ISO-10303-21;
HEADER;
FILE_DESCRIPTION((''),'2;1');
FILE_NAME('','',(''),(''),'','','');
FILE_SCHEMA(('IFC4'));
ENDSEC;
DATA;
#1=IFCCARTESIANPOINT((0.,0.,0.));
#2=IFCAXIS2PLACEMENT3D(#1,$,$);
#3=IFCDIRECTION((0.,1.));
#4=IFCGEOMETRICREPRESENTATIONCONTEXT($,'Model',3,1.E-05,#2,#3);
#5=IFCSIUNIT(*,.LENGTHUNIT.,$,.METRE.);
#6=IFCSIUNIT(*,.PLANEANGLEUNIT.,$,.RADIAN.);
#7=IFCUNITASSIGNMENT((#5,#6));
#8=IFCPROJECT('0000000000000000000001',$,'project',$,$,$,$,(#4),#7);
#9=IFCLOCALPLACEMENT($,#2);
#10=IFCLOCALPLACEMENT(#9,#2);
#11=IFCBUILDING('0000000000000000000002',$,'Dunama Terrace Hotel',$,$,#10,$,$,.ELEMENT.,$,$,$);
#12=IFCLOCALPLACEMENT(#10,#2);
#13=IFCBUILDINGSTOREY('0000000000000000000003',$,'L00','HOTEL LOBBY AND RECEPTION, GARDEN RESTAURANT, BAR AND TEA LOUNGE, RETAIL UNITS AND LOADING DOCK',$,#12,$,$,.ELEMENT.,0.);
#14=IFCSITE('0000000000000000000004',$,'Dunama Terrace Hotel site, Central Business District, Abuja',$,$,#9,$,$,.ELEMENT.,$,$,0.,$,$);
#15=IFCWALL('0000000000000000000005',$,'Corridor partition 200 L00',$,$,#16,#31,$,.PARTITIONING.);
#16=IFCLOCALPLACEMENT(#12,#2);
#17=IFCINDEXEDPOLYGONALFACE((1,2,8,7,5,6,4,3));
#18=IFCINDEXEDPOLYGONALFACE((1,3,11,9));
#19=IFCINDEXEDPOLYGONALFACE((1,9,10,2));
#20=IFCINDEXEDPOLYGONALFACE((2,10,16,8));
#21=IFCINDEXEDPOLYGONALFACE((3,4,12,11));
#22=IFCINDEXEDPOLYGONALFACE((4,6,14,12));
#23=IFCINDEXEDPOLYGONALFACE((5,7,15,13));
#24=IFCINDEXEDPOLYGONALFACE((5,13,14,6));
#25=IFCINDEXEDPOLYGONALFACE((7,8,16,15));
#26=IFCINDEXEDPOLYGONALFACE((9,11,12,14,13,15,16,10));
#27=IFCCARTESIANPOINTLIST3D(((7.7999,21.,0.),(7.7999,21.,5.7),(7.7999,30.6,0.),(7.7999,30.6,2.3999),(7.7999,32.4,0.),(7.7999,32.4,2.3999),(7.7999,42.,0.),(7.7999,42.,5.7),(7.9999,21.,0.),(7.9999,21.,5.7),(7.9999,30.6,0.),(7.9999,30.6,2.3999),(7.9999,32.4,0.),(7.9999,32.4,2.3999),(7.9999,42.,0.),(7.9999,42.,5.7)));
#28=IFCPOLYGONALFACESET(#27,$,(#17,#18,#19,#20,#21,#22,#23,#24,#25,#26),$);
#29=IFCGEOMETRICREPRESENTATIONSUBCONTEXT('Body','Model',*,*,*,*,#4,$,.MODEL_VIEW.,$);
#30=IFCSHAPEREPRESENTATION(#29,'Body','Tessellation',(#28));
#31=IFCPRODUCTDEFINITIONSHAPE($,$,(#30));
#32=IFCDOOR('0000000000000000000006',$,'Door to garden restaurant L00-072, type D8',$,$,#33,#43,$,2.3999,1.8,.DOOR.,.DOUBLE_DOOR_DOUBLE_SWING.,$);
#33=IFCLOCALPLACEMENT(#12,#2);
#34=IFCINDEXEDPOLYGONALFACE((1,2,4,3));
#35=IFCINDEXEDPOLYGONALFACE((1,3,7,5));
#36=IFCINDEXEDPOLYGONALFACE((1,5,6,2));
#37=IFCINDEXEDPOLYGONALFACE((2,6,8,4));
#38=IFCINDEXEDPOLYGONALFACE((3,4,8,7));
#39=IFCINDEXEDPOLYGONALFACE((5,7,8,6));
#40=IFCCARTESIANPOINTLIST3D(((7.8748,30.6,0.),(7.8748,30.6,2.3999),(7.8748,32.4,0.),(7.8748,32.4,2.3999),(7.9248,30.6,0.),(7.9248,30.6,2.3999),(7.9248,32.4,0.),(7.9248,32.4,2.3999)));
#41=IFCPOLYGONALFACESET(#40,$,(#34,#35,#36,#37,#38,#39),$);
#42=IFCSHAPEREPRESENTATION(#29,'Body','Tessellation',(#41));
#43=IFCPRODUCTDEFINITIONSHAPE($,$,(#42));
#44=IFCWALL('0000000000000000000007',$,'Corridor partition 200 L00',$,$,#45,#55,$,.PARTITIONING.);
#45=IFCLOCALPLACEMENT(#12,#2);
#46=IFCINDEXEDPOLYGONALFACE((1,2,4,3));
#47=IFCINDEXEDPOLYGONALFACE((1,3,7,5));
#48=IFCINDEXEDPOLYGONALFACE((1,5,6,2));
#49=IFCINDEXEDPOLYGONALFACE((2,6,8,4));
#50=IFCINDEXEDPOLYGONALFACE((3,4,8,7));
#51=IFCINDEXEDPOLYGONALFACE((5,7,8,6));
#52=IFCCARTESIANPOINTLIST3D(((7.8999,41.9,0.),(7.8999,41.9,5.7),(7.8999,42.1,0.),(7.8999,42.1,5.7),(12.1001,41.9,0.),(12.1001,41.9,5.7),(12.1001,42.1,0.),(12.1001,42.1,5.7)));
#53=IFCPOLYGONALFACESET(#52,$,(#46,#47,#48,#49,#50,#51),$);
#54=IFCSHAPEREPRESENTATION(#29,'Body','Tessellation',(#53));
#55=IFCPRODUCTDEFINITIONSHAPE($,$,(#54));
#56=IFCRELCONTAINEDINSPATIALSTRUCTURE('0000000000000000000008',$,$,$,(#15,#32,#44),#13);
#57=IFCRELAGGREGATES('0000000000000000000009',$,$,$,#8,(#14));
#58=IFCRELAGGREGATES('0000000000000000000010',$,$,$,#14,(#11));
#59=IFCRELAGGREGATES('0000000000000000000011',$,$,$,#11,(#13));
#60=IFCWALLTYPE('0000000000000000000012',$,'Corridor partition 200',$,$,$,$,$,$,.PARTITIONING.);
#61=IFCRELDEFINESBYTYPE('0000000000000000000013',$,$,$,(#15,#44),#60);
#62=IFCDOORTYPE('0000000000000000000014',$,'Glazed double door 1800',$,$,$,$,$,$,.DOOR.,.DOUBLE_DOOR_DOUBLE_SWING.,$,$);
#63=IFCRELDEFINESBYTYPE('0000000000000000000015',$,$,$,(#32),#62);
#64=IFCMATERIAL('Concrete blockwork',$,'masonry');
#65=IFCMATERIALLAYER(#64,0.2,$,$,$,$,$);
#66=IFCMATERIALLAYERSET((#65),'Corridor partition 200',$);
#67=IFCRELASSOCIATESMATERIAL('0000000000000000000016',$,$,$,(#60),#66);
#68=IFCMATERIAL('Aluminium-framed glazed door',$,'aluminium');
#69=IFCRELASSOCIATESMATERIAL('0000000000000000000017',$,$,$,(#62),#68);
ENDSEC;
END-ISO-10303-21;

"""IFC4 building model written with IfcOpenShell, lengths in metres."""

from ifc_helpers import new_model, si_unit, direction, frame, frame_2d, origin, place, context, subcontext, project, spatial, rectangle, extrude, material, layer, layer_set, type_object, element, fill, save


model = new_model("IFC4")

# Units and contexts
model_context = context("Model", 3, precision=1e-05, world=origin(), true_north=direction((0.0, 1.0)))
body_context = subcontext(model_context, "Body", "Model", "MODEL_VIEW")
ifc_project = project(units=[si_unit("LENGTHUNIT", "METRE"), si_unit("PLANEANGLEUNIT", "RADIAN")], contexts=[model_context])

# Site, building, storey
site_placement = place(None, origin())
site = spatial("IfcSite", under=ifc_project, at=site_placement, Name="Dunama Terrace Hotel site, Central Business District, Abuja", CompositionType="ELEMENT", RefElevation=0.0)
building_placement = place(site_placement, origin())
building = spatial("IfcBuilding", under=site, at=building_placement, Name="Dunama Terrace Hotel", CompositionType="ELEMENT")
storey_placement = place(building_placement, origin())
storey = spatial("IfcBuildingStorey", under=building, at=storey_placement, Name="L00", Description="HOTEL LOBBY AND RECEPTION, GARDEN RESTAURANT, BAR AND TEA LOUNGE, RETAIL UNITS AND LOADING DOCK", CompositionType="ELEMENT", Elevation=0.0)

# Wall, opening, door
ifc_material_1 = material(Name="Concrete blockwork", Category="masonry")
ifc_layer_1 = layer(ifc_material_1, 0.2)
ifc_layer_set_1 = layer_set([ifc_layer_1], Name="Corridor partition 200")
wall_type_1 = type_object("IfcWallType", Name="Corridor partition 200", PredefinedType="PARTITIONING", material=ifc_layer_set_1)
wall_1_placement = place(storey_placement, frame((7.8999, 42.0, 0.0), z_axis=(0.0, 0.0, 1.0), x_axis=(0.0, -1.0, 0.0)))
wall_1 = element("IfcWall", 1, at=wall_1_placement, inside=storey, type_object=wall_type_1, Name="Corridor partition 200 L00", PredefinedType="PARTITIONING", context=body_context, shape_type="SweptSolid", body=[
    extrude(rectangle(XDim=21.0, YDim=0.2, at=frame_2d((10.5, 0.0))), origin(), (0.0, 0.0, 1.0), 5.7),
])
opening_1_placement = place(wall_1_placement, frame((9.6001, 0.0, 0.0)))
opening_1 = element("IfcOpeningElement", 2, at=opening_1_placement, cuts=wall_1, PredefinedType="OPENING", context=body_context, shape_type="SweptSolid", body=[
    extrude(rectangle(XDim=1.8, YDim=2.3999, at=frame_2d((0.8999, 1.2))), frame((0.0, 0.1099, 0.0), z_axis=(0.0, -1.0, 0.0), x_axis=(1.0, 0.0, 0.0)), (0.0, 0.0, 1.0), 0.22),
])
ifc_material_2 = material(Name="Aluminium-framed glazed door", Category="aluminium")
door_type_1 = type_object("IfcDoorType", Name="Glazed double door 1800", OperationType="DOUBLE_DOOR_DOUBLE_SWING", PredefinedType="DOOR", material=ifc_material_2)
door_1_placement = place(opening_1_placement, origin())
door_1 = element("IfcDoor", 3, at=door_1_placement, inside=storey, type_object=door_type_1, Name="Door to garden restaurant L00-072, type D8", OperationType="DOUBLE_DOOR_DOUBLE_SWING", OverallHeight=2.3999, OverallWidth=1.8, PredefinedType="DOOR", context=body_context, shape_type="SweptSolid", body=[
    extrude(rectangle(XDim=1.8, YDim=2.3999, at=frame_2d((0.8999, 1.2))), frame((0.0, 0.0249, 0.0), z_axis=(0.0, -1.0, 0.0), x_axis=(1.0, 0.0, 0.0)), (0.0, 0.0, 1.0), 0.05),
])
fill(opening_1, door_1)

# Wall
wall_2_placement = place(storey_placement, frame((12.1001, 42.0, 0.0), z_axis=(0.0, 0.0, 1.0), x_axis=(-1.0, 0.0, 0.0)))
element("IfcWall", 4, at=wall_2_placement, inside=storey, type_object=wall_type_1, Name="Corridor partition 200 L00", PredefinedType="PARTITIONING", context=body_context, shape_type="SweptSolid", body=[
    extrude(rectangle(XDim=4.2002, YDim=0.2, at=frame_2d((2.1001, 0.0))), origin(), (0.0, 0.0, 1.0), 5.7),
])

save(model, "model.ifc")
